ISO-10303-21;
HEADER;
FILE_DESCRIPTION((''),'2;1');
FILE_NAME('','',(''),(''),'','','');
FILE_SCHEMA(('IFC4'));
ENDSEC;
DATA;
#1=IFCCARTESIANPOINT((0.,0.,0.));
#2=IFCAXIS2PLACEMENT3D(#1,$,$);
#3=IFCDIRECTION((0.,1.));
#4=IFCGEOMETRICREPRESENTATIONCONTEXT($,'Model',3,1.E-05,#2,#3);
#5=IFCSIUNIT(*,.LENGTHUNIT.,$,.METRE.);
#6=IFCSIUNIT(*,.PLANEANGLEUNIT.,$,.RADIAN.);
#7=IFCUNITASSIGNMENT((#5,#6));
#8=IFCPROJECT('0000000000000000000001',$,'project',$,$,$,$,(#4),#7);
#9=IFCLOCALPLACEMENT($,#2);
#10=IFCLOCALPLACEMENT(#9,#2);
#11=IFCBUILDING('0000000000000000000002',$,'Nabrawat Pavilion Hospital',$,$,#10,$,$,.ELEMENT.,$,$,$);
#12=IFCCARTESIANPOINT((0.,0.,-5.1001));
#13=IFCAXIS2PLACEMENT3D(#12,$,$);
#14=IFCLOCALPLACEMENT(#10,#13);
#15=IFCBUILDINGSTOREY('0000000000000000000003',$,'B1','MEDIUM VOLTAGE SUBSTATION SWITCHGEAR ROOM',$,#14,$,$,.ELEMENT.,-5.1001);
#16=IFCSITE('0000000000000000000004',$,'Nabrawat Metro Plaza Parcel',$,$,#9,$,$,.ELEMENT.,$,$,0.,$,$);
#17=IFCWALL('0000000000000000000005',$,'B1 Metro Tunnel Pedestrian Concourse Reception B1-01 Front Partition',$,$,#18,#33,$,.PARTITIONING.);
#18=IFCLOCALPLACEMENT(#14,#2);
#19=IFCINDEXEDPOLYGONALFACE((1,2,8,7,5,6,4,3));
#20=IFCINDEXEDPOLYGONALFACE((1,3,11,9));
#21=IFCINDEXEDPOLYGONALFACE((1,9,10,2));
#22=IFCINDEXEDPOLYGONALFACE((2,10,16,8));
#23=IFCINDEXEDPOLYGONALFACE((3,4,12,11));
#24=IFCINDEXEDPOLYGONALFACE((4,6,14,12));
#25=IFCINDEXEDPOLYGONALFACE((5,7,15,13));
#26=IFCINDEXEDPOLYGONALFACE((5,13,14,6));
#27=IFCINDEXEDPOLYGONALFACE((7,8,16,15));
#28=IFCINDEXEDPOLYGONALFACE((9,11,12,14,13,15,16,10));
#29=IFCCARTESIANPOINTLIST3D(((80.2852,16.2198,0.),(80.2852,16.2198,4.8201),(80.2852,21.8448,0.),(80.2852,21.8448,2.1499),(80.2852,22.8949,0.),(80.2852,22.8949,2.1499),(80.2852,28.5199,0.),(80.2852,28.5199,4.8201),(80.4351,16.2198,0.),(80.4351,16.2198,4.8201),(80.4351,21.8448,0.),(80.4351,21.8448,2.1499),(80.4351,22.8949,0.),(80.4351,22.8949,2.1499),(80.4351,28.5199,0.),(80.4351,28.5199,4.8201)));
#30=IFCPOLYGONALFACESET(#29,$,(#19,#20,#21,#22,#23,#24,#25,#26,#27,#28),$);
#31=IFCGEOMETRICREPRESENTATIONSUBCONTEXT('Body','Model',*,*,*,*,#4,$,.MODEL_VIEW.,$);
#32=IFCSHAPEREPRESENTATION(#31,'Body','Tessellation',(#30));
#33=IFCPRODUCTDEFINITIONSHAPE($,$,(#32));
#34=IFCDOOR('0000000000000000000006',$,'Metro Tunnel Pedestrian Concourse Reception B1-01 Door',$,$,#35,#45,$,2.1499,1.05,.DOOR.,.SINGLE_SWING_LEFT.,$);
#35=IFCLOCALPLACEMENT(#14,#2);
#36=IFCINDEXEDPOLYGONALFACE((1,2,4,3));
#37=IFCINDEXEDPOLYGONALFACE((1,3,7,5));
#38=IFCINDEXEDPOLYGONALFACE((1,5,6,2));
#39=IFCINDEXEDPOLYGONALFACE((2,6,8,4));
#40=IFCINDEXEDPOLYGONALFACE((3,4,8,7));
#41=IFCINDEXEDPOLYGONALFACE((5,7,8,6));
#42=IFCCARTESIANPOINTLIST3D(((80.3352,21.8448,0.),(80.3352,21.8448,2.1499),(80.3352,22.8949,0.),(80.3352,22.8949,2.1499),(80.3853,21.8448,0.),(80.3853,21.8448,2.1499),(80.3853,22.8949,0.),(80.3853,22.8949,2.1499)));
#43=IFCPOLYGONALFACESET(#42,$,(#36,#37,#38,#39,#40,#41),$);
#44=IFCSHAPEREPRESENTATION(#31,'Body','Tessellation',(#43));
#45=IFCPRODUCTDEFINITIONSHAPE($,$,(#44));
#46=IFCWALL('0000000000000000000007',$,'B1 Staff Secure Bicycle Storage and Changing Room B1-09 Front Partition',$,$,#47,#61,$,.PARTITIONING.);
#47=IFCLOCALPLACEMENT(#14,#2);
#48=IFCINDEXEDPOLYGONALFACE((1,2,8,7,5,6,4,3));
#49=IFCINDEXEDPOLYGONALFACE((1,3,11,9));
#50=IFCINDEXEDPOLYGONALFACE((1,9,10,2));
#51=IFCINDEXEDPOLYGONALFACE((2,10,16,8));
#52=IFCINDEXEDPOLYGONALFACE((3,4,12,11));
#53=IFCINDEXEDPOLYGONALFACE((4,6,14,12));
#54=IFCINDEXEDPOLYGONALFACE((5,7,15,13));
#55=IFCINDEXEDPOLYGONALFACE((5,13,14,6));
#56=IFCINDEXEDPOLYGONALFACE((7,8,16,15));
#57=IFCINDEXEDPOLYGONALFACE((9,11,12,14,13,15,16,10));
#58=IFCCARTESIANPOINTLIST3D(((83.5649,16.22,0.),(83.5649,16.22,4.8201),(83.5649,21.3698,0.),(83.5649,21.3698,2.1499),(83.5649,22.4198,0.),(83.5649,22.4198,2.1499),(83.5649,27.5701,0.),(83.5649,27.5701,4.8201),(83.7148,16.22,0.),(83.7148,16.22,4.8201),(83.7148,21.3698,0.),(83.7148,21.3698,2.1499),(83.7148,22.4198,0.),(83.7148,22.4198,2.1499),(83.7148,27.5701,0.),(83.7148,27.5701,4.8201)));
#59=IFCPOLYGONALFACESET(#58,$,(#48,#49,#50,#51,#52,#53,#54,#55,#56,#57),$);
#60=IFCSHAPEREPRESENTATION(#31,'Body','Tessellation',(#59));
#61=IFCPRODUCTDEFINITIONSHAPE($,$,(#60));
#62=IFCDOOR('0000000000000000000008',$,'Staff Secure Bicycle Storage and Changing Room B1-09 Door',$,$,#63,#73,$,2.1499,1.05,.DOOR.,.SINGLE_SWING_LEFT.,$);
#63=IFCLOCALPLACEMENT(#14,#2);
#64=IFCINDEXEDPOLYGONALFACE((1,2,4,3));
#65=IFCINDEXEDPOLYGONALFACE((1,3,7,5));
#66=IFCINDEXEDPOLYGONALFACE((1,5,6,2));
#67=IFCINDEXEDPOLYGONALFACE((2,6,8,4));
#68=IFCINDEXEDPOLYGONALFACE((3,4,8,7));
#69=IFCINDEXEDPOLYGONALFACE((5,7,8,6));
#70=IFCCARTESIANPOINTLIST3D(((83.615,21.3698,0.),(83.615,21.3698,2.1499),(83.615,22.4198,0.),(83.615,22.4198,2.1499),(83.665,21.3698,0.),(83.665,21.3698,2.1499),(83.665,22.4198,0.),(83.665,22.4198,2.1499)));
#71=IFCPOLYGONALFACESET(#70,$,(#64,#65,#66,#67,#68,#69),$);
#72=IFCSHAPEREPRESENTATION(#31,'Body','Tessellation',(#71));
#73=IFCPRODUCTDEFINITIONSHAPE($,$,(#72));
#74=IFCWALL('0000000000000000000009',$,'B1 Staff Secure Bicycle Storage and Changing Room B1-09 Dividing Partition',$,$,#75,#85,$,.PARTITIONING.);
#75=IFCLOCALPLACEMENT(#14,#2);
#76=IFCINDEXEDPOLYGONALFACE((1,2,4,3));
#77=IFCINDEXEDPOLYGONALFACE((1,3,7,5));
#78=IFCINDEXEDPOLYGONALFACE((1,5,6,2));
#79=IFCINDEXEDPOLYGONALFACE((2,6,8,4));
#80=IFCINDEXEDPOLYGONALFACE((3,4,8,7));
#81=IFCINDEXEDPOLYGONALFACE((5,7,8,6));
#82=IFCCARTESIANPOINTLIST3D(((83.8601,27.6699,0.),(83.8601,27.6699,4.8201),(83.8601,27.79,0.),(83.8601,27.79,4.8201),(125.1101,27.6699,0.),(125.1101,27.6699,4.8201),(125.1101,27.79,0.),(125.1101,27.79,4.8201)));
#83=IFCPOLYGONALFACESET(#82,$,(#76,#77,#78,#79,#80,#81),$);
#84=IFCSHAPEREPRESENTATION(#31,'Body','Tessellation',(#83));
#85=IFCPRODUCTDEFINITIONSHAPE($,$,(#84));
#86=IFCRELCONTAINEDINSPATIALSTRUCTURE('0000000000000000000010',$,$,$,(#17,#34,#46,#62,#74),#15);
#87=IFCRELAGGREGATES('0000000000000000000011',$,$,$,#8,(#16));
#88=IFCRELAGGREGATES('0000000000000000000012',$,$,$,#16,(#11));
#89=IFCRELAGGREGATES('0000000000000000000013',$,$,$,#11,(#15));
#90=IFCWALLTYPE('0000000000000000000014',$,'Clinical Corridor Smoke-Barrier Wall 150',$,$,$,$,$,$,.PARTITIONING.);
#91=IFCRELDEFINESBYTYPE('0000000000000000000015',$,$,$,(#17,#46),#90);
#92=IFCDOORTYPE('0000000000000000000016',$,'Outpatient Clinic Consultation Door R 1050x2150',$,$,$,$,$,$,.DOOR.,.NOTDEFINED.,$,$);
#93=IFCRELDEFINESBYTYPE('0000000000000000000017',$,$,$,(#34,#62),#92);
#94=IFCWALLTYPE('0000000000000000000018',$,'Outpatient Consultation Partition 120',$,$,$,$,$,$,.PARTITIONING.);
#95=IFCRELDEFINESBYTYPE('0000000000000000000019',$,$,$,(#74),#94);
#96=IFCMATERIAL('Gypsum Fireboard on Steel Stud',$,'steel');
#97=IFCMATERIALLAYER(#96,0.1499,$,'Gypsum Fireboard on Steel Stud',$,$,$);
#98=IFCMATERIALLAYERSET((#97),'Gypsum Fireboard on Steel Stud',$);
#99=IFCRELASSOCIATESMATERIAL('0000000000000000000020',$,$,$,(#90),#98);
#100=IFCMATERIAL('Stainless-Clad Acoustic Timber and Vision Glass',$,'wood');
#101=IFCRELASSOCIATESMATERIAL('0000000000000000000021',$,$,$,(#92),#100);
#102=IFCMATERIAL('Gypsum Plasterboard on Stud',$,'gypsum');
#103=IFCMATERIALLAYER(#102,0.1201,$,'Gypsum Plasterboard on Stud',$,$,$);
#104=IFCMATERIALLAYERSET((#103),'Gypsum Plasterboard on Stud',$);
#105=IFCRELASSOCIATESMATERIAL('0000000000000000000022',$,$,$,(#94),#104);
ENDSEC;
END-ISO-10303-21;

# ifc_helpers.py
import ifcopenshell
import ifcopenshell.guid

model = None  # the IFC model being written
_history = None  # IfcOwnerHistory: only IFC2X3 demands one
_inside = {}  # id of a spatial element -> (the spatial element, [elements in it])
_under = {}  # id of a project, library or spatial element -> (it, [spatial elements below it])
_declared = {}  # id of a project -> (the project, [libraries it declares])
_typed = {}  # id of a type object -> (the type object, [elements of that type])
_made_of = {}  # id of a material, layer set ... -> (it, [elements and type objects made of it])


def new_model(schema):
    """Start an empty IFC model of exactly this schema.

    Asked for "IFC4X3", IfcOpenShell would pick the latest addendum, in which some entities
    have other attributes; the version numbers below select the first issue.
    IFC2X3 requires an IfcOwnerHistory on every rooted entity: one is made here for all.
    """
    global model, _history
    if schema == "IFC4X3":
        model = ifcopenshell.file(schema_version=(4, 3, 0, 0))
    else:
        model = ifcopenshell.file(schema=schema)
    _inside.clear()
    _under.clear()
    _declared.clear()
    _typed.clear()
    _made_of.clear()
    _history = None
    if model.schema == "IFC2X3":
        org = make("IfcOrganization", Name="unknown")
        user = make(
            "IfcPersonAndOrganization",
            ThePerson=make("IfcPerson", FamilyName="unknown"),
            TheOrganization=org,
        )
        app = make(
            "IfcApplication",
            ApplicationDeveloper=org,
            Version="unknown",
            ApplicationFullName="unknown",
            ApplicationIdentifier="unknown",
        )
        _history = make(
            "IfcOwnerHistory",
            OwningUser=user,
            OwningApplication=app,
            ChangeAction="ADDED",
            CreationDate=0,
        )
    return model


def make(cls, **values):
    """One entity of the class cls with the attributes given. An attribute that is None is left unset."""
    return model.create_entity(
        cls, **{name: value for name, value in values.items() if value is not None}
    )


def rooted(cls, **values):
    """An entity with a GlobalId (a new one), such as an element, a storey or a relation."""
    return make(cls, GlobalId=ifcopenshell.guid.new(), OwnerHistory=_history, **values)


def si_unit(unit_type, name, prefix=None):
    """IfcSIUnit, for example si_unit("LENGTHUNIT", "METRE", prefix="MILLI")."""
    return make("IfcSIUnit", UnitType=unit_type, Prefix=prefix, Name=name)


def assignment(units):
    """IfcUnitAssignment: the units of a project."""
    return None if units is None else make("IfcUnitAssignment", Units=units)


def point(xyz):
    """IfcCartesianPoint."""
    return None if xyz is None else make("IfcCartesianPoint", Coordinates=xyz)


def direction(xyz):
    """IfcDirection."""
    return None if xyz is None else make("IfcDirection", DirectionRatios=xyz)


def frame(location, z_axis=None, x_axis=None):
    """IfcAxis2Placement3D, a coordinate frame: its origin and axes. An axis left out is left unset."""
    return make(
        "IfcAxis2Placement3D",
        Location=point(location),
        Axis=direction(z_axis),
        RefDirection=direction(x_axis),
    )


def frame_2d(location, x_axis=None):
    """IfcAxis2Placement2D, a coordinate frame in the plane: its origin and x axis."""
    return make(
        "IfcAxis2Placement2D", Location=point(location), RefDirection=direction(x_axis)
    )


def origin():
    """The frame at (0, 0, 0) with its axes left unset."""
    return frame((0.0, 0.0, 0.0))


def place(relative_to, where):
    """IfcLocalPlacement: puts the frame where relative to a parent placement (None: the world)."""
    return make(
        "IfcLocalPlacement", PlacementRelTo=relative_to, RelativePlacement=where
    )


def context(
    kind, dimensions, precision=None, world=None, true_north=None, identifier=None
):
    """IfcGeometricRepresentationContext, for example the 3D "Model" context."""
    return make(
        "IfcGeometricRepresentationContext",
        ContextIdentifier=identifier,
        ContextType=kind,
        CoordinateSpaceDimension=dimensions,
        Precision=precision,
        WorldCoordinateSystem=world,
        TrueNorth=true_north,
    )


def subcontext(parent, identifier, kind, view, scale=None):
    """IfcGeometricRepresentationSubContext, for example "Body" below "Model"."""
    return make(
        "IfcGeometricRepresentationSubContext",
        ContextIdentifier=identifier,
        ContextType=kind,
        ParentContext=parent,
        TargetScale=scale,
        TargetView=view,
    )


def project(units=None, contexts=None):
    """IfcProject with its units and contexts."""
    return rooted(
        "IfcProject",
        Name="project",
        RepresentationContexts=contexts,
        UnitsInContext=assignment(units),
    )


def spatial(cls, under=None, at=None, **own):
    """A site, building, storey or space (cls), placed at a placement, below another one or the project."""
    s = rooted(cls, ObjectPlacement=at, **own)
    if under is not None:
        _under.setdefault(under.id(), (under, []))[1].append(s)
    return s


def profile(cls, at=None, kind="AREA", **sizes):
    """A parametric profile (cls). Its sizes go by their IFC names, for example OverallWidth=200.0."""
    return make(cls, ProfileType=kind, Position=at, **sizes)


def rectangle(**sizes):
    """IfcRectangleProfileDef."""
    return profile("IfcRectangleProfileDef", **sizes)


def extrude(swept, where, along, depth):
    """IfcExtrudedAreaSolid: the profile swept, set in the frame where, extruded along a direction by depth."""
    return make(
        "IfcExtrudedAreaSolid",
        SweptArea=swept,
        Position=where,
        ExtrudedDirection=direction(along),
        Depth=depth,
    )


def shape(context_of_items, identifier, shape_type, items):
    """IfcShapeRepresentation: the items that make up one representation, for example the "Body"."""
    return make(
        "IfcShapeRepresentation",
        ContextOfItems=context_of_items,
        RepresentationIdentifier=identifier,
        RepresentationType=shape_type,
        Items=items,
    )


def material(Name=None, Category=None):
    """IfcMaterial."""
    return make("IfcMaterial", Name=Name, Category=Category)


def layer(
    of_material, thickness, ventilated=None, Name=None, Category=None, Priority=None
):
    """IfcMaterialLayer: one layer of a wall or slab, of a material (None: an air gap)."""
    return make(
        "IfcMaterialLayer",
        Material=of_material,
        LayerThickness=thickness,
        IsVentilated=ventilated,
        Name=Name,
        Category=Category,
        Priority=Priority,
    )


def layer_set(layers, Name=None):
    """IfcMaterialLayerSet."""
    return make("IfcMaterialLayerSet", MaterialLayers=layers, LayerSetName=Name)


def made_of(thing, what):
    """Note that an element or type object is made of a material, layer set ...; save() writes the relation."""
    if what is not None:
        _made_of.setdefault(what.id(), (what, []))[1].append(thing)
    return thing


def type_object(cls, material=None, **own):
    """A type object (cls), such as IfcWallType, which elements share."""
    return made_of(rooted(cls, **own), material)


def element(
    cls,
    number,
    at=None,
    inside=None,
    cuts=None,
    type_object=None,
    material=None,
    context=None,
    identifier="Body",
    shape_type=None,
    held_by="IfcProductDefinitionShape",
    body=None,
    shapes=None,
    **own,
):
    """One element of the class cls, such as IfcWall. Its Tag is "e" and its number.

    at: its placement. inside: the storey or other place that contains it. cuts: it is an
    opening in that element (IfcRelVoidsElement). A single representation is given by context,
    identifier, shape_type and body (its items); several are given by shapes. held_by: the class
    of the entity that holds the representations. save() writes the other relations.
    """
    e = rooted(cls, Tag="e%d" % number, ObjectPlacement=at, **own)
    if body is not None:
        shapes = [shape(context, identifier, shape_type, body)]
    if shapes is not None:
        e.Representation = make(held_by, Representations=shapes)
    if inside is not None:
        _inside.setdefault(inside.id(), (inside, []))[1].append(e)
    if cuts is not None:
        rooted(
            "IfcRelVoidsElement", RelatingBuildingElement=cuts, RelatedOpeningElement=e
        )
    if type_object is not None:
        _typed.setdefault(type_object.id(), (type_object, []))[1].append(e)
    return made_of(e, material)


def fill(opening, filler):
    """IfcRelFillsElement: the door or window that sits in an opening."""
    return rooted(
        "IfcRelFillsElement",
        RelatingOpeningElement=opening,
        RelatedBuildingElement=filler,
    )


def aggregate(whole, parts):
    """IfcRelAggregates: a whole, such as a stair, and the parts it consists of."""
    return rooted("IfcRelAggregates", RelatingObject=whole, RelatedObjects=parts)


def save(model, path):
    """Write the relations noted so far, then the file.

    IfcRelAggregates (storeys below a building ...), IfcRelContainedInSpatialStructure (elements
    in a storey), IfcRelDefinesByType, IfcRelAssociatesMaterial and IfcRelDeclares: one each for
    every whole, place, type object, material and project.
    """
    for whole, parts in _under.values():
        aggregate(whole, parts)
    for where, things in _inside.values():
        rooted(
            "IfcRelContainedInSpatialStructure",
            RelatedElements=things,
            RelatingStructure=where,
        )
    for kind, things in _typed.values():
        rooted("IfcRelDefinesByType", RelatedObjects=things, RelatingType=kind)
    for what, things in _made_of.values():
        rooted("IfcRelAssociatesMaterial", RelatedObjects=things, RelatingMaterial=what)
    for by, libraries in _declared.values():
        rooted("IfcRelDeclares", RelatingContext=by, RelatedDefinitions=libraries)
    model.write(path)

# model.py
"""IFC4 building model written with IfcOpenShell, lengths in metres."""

from ifc_helpers import new_model, si_unit, direction, frame, frame_2d, origin, place, context, subcontext, project, spatial, rectangle, extrude, material, layer, layer_set, type_object, element, fill, save


model = new_model("IFC4")

# Units and contexts
model_context = context("Model", 3, precision=1e-05, world=origin(), true_north=direction((0.0, 1.0)))
body_context = subcontext(model_context, "Body", "Model", "MODEL_VIEW")
ifc_project = project(units=[si_unit("LENGTHUNIT", "METRE"), si_unit("PLANEANGLEUNIT", "RADIAN")], contexts=[model_context])

# Site, building, storey
site_placement = place(None, origin())
site = spatial("IfcSite", under=ifc_project, at=site_placement, Name="Nabrawat Metro Plaza Parcel", CompositionType="ELEMENT", RefElevation=0.0)
building_placement = place(site_placement, origin())
building = spatial("IfcBuilding", under=site, at=building_placement, Name="Nabrawat Pavilion Hospital", CompositionType="ELEMENT")
storey_placement = place(building_placement, frame((0.0, 0.0, -5.1001)))
storey = spatial("IfcBuildingStorey", under=building, at=storey_placement, Name="B1", Description="MEDIUM VOLTAGE SUBSTATION SWITCHGEAR ROOM", CompositionType="ELEMENT", Elevation=-5.1001)

# Walls, openings, doors
ifc_material_1 = material(Name="Gypsum Fireboard on Steel Stud", Category="steel")
ifc_layer_1 = layer(ifc_material_1, 0.1499, Name="Gypsum Fireboard on Steel Stud")
ifc_layer_set_1 = layer_set([ifc_layer_1], Name="Gypsum Fireboard on Steel Stud")
wall_type_1 = type_object("IfcWallType", Name="Clinical Corridor Smoke-Barrier Wall 150", PredefinedType="PARTITIONING", material=ifc_layer_set_1)
wall_1_placement = place(storey_placement, frame((80.3601, 16.22, 0.0), z_axis=(0.0, 0.0, 1.0), x_axis=(0.0, 1.0, 0.0)))
wall_1 = element("IfcWall", 1, at=wall_1_placement, inside=storey, type_object=wall_type_1, Name="B1 Metro Tunnel Pedestrian Concourse Reception B1-01 Front Partition", PredefinedType="PARTITIONING", context=body_context, shape_type="SweptSolid", body=[
    extrude(rectangle(XDim=12.3, YDim=0.1499, at=frame_2d((6.1499, 0.0))), origin(), (0.0, 0.0, 1.0), 4.8201),
])
opening_1_placement = place(wall_1_placement, frame((5.625, 0.0, 0.0)))
opening_1 = element("IfcOpeningElement", 2, at=opening_1_placement, cuts=wall_1, PredefinedType="OPENING", context=body_context, shape_type="SweptSolid", body=[
    extrude(rectangle(XDim=1.05, YDim=2.1499, at=frame_2d((0.5249, 1.075))), frame((0.0, 0.085, 0.0), z_axis=(0.0, -1.0, 0.0), x_axis=(1.0, 0.0, 0.0)), (0.0, 0.0, 1.0), 0.1699),
])
ifc_material_2 = material(Name="Stainless-Clad Acoustic Timber and Vision Glass", Category="wood")
door_type = type_object("IfcDoorType", Name="Outpatient Clinic Consultation Door R 1050x2150", OperationType="NOTDEFINED", PredefinedType="DOOR", material=ifc_material_2)
door_1_placement = place(opening_1_placement, origin())
door_1 = element("IfcDoor", 3, at=door_1_placement, inside=storey, type_object=door_type, Name="Metro Tunnel Pedestrian Concourse Reception B1-01 Door", OperationType="SINGLE_SWING_LEFT", OverallHeight=2.1499, OverallWidth=1.05, PredefinedType="DOOR", context=body_context, shape_type="SweptSolid", body=[
    extrude(rectangle(XDim=1.05, YDim=2.1499, at=frame_2d((0.5249, 1.075))), frame((0.0, 0.0249, 0.0), z_axis=(0.0, -1.0, 0.0), x_axis=(1.0, 0.0, 0.0)), (0.0, 0.0, 1.0), 0.05),
])
fill(opening_1, door_1)
wall_2_placement = place(storey_placement, frame((83.6399, 16.22, 0.0), z_axis=(0.0, 0.0, 1.0), x_axis=(0.0, 1.0, 0.0)))
wall_2 = element("IfcWall", 4, at=wall_2_placement, inside=storey, type_object=wall_type_1, Name="B1 Staff Secure Bicycle Storage and Changing Room B1-09 Front Partition", PredefinedType="PARTITIONING", context=body_context, shape_type="SweptSolid", body=[
    extrude(rectangle(XDim=11.3501, YDim=0.1499, at=frame_2d((5.675, 0.0))), origin(), (0.0, 0.0, 1.0), 4.8201),
])
opening_2_placement = place(wall_2_placement, frame((5.1499, 0.0, 0.0)))
opening_2 = element("IfcOpeningElement", 5, at=opening_2_placement, cuts=wall_2, PredefinedType="OPENING", context=body_context, shape_type="SweptSolid", body=[
    extrude(rectangle(XDim=1.05, YDim=2.1499, at=frame_2d((0.5249, 1.075))), frame((0.0, 0.085, 0.0), z_axis=(0.0, -1.0, 0.0), x_axis=(1.0, 0.0, 0.0)), (0.0, 0.0, 1.0), 0.1699),
])
door_2_placement = place(opening_2_placement, origin())
door_2 = element("IfcDoor", 6, at=door_2_placement, inside=storey, type_object=door_type, Name="Staff Secure Bicycle Storage and Changing Room B1-09 Door", OperationType="SINGLE_SWING_LEFT", OverallHeight=2.1499, OverallWidth=1.05, PredefinedType="DOOR", context=body_context, shape_type="SweptSolid", body=[
    extrude(rectangle(XDim=1.05, YDim=2.1499, at=frame_2d((0.5249, 1.075))), frame((0.0, 0.0249, 0.0), z_axis=(0.0, -1.0, 0.0), x_axis=(1.0, 0.0, 0.0)), (0.0, 0.0, 1.0), 0.05),
])
fill(opening_2, door_2)

# Wall
ifc_material_3 = material(Name="Gypsum Plasterboard on Stud", Category="gypsum")
ifc_layer_2 = layer(ifc_material_3, 0.1201, Name="Gypsum Plasterboard on Stud")
ifc_layer_set_2 = layer_set([ifc_layer_2], Name="Gypsum Plasterboard on Stud")
wall_type_2 = type_object("IfcWallType", Name="Outpatient Consultation Partition 120", PredefinedType="PARTITIONING", material=ifc_layer_set_2)
wall_3_placement = place(storey_placement, frame((83.8601, 27.73, 0.0), z_axis=(0.0, 0.0, 1.0), x_axis=(1.0, 0.0, 0.0)))
element("IfcWall", 7, at=wall_3_placement, inside=storey, type_object=wall_type_2, Name="B1 Staff Secure Bicycle Storage and Changing Room B1-09 Dividing Partition", PredefinedType="PARTITIONING", context=body_context, shape_type="SweptSolid", body=[
    extrude(rectangle(XDim=41.25, YDim=0.1201, at=frame_2d((20.625, 0.0))), origin(), (0.0, 0.0, 1.0), 4.8201),
])

save(model, "model.ifc")
